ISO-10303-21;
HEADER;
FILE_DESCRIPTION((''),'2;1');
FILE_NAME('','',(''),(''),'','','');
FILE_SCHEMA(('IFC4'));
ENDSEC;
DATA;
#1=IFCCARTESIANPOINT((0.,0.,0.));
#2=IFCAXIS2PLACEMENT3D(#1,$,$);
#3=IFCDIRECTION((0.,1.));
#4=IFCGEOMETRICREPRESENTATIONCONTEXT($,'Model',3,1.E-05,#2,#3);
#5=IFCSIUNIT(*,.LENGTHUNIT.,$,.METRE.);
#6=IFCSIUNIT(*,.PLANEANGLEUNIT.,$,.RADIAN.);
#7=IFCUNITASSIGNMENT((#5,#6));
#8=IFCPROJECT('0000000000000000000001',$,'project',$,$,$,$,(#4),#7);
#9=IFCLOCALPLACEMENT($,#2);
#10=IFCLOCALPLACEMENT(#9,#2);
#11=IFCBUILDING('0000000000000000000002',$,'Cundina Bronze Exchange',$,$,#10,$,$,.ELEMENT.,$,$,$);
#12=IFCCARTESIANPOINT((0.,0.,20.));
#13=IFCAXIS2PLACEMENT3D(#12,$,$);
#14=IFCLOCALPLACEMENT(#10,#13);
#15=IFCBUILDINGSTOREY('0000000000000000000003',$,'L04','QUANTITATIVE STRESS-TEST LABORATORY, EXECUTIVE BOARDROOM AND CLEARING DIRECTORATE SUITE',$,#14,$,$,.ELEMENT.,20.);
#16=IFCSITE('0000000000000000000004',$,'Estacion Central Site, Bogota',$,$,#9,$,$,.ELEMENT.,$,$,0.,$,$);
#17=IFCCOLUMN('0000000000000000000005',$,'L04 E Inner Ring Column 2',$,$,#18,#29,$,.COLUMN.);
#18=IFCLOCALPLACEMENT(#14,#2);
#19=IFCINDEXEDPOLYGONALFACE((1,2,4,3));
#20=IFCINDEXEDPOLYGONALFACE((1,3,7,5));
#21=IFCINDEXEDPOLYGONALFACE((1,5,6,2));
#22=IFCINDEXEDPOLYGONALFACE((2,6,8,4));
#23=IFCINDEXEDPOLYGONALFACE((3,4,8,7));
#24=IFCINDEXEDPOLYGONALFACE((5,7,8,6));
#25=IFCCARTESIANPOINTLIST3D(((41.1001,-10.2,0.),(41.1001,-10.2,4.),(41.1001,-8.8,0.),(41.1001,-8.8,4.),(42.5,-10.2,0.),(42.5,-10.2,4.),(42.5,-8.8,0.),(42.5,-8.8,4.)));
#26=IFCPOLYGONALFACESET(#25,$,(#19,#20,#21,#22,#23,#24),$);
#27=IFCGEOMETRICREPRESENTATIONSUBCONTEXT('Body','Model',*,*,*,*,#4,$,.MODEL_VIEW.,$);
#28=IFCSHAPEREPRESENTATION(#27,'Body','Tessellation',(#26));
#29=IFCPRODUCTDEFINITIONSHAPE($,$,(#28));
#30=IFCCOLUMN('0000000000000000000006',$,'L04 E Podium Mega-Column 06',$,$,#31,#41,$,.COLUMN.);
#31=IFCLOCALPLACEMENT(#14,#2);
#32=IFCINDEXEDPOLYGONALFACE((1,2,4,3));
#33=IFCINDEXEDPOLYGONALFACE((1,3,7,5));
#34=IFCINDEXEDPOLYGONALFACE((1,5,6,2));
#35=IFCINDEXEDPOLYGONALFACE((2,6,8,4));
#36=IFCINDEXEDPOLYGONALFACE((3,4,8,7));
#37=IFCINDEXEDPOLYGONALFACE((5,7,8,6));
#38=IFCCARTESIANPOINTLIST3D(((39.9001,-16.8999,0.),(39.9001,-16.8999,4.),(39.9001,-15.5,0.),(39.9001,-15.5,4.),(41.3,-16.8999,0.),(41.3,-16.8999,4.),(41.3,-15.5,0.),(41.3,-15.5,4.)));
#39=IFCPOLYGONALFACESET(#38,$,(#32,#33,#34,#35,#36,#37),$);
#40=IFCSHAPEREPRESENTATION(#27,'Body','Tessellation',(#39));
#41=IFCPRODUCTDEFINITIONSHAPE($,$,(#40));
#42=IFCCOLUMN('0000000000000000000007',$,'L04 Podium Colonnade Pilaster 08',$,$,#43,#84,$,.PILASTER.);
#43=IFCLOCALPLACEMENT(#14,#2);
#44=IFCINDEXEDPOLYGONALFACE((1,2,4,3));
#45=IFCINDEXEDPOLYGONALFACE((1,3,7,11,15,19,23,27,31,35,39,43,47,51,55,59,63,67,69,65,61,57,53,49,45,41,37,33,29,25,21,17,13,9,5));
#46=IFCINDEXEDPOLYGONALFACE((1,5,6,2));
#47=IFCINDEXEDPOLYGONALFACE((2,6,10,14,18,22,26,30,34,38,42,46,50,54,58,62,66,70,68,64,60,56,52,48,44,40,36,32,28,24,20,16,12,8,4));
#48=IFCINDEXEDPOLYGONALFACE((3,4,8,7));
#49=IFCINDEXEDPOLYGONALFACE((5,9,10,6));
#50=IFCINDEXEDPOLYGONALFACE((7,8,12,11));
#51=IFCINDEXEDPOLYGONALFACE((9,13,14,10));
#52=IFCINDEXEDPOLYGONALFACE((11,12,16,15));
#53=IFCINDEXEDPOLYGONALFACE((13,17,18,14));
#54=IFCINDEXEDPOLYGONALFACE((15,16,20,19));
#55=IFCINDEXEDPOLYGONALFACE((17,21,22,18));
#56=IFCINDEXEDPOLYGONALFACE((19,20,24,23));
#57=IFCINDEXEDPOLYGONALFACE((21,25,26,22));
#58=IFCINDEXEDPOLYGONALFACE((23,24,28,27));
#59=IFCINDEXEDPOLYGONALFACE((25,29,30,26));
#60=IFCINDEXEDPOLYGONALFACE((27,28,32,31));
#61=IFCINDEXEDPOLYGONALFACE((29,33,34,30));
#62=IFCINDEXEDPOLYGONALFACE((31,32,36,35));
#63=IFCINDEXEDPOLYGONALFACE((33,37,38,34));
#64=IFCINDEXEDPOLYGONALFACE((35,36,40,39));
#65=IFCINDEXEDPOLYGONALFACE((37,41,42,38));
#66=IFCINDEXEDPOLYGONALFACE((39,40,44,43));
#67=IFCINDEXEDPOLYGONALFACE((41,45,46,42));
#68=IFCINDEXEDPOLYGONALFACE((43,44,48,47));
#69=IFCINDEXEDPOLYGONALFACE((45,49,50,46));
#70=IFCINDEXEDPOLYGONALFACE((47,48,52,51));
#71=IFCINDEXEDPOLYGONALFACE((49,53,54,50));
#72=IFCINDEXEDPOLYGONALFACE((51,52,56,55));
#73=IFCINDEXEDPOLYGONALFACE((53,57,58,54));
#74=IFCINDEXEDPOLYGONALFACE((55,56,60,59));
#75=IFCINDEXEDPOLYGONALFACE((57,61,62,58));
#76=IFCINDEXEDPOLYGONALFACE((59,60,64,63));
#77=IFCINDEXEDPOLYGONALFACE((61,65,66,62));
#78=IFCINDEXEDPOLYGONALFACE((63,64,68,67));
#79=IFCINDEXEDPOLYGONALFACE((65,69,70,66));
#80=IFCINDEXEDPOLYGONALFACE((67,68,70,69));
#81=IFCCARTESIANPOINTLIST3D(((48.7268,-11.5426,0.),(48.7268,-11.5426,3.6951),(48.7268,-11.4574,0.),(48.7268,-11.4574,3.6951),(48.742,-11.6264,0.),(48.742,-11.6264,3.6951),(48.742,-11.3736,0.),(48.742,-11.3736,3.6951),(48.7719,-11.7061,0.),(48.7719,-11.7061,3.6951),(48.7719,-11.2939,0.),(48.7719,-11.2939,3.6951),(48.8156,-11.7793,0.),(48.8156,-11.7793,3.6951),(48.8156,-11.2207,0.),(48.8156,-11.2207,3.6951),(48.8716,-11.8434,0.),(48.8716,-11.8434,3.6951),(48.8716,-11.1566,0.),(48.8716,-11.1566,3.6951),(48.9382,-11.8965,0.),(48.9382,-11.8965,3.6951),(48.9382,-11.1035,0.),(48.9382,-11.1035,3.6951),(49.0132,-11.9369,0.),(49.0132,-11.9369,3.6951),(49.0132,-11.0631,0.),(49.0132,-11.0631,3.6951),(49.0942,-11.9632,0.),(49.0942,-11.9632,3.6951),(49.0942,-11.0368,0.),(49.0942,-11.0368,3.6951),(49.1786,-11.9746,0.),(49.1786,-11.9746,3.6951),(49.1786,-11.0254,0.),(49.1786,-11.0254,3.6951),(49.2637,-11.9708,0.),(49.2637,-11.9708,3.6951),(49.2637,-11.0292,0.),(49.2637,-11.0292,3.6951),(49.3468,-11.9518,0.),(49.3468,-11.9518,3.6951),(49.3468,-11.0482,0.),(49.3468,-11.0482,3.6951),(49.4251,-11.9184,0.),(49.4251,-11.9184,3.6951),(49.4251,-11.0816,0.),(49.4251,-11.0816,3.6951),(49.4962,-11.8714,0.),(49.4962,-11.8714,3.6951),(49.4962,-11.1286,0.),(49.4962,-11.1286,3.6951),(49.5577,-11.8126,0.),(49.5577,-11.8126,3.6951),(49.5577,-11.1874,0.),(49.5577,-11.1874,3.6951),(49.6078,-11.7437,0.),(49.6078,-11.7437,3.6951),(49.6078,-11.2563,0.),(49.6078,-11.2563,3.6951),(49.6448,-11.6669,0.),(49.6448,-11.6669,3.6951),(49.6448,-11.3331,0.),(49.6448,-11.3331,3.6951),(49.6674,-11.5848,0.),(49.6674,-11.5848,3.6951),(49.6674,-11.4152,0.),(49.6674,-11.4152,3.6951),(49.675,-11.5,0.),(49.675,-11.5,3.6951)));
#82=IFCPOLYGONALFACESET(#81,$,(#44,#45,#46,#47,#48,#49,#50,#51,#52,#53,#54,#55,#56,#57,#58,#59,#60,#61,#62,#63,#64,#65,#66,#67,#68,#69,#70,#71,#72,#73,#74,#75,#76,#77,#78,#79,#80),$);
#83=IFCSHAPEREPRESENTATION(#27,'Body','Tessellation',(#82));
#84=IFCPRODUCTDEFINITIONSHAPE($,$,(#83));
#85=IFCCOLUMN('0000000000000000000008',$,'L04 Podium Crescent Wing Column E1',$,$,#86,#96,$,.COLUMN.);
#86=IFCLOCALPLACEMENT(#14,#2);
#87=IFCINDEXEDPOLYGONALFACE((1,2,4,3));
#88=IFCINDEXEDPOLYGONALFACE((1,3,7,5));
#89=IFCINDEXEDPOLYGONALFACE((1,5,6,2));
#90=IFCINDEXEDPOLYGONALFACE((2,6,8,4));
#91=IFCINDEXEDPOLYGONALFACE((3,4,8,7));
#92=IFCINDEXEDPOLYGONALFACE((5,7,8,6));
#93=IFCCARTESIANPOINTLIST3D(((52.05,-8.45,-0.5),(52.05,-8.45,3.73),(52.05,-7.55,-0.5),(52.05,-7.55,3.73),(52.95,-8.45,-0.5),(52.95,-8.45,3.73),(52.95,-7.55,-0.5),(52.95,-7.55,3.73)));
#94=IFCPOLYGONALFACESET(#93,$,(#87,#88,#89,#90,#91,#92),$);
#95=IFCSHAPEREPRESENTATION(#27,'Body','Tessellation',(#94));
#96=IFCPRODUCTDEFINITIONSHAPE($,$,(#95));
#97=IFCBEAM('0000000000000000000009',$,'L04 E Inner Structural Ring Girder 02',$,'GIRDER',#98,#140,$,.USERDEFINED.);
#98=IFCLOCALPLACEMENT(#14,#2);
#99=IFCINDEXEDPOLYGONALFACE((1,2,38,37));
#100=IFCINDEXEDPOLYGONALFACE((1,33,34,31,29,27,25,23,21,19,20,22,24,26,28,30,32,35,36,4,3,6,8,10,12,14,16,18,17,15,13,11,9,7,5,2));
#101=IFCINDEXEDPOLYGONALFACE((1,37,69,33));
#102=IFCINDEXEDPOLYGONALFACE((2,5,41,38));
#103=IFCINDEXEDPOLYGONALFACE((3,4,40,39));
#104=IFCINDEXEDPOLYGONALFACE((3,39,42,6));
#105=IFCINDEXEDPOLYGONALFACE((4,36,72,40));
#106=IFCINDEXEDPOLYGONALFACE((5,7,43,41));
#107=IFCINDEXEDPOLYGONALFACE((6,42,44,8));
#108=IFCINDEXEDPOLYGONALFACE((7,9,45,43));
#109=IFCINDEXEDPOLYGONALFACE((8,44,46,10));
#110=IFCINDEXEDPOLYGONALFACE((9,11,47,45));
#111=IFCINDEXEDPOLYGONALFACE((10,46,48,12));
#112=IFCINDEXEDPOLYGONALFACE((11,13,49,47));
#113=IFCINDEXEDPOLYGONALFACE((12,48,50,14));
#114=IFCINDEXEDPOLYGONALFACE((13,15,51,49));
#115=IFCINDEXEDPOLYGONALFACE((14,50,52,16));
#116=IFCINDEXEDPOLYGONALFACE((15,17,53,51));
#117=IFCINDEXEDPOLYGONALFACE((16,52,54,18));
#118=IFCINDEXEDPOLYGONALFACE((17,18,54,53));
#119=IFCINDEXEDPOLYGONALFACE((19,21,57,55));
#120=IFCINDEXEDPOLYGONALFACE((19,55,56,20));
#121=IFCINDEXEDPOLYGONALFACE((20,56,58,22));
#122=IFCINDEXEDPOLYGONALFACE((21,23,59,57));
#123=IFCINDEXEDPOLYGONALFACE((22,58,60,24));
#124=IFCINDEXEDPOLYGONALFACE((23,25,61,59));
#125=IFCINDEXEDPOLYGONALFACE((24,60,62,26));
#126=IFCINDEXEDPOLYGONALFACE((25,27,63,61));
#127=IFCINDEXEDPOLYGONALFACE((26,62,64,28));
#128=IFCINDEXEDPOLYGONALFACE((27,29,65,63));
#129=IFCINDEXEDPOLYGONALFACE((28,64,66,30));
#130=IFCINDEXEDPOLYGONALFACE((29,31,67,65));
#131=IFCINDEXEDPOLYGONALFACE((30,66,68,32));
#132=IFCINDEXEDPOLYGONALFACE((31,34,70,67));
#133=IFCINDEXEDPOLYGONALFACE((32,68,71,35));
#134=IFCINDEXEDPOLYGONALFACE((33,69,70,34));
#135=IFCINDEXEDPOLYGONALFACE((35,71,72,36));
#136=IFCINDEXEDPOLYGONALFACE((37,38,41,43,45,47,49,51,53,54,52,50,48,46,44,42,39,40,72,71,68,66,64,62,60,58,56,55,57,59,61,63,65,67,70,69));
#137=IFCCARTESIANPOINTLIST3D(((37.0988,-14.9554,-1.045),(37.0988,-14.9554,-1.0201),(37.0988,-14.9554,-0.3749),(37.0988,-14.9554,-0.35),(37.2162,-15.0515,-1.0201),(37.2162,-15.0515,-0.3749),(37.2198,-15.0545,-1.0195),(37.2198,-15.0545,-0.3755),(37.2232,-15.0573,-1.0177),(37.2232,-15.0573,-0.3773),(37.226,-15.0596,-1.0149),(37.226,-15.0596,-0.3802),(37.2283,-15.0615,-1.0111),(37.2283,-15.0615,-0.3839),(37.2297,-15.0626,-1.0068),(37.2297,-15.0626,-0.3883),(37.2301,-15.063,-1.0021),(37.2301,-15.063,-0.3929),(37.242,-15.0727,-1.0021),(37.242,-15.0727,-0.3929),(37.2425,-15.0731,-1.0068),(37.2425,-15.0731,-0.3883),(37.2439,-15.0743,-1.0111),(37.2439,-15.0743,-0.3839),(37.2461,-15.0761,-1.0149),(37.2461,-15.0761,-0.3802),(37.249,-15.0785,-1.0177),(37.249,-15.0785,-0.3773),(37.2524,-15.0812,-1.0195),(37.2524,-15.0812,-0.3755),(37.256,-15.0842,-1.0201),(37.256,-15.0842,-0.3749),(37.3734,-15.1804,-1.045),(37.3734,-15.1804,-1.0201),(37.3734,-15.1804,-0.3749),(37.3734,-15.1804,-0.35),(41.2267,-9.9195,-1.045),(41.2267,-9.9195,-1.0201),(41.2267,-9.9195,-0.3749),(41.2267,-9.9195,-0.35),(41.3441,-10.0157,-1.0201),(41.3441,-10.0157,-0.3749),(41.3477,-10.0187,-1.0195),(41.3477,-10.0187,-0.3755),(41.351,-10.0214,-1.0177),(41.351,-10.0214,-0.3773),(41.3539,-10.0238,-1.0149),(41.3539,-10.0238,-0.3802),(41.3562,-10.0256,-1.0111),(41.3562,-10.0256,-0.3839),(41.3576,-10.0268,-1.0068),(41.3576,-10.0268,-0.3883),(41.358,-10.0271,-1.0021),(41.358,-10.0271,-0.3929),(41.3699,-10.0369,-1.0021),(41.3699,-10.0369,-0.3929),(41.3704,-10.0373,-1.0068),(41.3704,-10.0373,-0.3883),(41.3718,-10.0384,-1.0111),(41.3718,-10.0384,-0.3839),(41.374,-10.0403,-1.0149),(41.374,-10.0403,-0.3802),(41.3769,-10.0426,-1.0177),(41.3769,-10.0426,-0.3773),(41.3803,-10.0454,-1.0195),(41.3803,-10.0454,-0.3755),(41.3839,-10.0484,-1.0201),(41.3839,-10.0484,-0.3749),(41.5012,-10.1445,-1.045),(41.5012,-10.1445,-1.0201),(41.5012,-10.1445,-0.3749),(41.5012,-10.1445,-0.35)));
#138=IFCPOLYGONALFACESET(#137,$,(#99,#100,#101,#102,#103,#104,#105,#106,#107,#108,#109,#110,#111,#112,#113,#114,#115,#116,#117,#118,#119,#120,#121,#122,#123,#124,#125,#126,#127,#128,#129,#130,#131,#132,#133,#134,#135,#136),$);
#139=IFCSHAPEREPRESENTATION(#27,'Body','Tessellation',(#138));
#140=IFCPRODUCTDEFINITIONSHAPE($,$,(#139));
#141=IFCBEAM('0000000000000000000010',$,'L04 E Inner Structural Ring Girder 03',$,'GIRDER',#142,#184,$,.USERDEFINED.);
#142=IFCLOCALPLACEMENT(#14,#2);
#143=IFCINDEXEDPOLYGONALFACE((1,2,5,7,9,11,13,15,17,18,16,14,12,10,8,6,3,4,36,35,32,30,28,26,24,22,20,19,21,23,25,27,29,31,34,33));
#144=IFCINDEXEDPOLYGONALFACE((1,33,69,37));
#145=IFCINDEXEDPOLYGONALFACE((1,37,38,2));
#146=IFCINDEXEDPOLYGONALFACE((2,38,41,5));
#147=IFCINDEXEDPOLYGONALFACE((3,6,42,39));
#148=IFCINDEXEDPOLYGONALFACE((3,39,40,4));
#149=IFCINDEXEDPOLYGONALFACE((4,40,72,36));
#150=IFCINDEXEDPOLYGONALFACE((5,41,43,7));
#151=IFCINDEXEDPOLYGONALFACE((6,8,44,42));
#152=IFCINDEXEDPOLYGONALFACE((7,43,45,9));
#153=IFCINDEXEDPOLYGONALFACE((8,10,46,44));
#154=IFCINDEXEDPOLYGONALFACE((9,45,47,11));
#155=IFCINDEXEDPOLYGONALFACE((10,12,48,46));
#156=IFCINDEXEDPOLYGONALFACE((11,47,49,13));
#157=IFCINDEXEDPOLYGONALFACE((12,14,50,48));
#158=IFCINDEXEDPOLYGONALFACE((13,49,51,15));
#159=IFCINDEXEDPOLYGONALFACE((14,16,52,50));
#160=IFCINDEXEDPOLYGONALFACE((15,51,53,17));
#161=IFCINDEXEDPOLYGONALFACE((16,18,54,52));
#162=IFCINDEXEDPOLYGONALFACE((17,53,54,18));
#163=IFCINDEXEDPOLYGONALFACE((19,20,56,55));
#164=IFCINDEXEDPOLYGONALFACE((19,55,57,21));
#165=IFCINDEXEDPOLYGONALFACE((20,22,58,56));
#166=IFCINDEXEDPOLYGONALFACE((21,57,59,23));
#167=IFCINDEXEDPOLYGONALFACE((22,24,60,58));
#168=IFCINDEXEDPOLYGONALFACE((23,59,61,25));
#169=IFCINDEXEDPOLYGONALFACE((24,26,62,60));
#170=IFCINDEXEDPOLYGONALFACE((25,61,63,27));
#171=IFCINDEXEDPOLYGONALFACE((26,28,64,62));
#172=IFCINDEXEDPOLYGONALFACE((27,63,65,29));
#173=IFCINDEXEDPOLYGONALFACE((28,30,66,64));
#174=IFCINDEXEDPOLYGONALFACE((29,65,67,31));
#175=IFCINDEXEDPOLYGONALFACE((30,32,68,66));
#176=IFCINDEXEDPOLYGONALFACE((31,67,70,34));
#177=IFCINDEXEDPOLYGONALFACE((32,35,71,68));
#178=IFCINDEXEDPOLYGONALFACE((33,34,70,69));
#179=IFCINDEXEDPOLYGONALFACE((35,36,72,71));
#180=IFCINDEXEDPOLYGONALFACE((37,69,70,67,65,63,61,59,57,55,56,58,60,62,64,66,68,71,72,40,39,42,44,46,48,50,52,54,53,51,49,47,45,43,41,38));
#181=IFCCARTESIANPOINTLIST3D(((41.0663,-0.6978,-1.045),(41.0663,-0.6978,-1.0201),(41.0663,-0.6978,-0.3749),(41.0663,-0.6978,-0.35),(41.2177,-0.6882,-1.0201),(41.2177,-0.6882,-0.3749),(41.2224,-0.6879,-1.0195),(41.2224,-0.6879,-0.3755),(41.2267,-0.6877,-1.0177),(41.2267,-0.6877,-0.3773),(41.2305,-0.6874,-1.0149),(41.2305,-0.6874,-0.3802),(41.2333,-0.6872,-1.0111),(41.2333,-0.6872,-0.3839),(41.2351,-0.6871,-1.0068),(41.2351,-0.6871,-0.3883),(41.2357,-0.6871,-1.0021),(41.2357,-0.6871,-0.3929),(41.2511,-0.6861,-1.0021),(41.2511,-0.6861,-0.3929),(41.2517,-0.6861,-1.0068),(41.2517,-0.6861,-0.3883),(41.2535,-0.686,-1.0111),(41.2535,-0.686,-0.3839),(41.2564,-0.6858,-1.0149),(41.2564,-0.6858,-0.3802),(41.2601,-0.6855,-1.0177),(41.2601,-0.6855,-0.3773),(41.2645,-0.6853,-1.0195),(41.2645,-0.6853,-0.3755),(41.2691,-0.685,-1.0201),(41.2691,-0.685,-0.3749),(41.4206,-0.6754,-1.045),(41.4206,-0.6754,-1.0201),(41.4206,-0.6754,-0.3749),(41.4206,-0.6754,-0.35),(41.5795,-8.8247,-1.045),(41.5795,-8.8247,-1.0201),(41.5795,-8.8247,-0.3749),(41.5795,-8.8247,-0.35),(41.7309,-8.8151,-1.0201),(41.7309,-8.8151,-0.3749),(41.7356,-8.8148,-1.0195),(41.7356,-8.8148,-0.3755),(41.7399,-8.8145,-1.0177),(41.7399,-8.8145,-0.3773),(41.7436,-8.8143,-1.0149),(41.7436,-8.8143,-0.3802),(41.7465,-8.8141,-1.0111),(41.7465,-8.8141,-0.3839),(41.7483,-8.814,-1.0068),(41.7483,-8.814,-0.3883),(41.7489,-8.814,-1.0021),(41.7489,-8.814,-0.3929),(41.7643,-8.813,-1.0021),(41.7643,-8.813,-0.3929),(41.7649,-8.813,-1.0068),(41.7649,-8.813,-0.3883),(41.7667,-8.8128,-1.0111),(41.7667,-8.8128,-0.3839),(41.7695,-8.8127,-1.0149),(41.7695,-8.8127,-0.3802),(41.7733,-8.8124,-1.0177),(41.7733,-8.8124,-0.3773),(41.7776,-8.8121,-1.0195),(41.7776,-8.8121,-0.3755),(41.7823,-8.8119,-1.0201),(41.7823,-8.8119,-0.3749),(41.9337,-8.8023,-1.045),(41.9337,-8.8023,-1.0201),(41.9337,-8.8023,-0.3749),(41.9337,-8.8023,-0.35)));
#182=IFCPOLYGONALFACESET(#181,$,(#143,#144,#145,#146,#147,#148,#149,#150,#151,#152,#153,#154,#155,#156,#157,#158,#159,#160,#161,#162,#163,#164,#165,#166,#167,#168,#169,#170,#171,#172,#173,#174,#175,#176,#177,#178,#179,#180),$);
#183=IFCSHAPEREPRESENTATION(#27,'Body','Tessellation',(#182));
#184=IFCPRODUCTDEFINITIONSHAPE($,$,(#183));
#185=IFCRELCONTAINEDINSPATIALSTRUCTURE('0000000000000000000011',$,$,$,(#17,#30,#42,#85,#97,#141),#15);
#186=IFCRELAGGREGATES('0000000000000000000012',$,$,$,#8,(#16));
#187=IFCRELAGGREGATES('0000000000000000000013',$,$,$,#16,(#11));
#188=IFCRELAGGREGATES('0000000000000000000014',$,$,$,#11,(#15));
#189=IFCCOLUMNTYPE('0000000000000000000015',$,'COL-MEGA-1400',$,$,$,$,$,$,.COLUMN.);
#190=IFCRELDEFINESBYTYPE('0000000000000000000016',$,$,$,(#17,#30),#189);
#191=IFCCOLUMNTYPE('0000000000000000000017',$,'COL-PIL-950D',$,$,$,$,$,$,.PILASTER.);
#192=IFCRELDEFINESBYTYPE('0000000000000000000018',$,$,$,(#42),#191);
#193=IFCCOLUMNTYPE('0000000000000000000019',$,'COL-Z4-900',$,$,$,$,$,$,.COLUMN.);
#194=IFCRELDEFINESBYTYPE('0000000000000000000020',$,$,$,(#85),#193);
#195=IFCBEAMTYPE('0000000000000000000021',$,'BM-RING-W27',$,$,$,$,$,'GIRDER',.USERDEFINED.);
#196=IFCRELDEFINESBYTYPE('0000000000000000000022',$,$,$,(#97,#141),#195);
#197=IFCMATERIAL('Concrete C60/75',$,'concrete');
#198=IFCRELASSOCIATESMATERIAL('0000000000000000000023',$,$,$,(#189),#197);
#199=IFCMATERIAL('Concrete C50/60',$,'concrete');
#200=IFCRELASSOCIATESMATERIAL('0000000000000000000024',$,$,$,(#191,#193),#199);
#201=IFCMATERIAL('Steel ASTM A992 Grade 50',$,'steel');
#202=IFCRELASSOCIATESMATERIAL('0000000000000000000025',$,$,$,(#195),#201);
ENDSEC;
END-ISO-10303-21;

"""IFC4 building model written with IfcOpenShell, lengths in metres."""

from ifc_helpers import new_model, si_unit, direction, frame, origin, origin_2d, place, context, subcontext, project, spatial, rectangle, circle, i_section, extrude, material, material_profile, profile_set, type_object, element, save


model = new_model("IFC4")

# Units and contexts
model_context = context("Model", 3, precision=1e-05, world=origin(), true_north=direction((0.0, 1.0)))
body_context = subcontext(model_context, "Body", "Model", "MODEL_VIEW")
ifc_project = project(units=[si_unit("LENGTHUNIT", "METRE"), si_unit("PLANEANGLEUNIT", "RADIAN")], contexts=[model_context])

# Site, building, storey
site_placement = place(None, origin())
site = spatial("IfcSite", under=ifc_project, at=site_placement, Name="Estacion Central Site, Bogota", CompositionType="ELEMENT", RefElevation=0.0)
building_placement = place(site_placement, origin())
building = spatial("IfcBuilding", under=site, at=building_placement, Name="Cundina Bronze Exchange", CompositionType="ELEMENT")
storey_placement = place(building_placement, frame((0.0, 0.0, 20.0)))
storey = spatial("IfcBuildingStorey", under=building, at=storey_placement, Name="L04", Description="QUANTITATIVE STRESS-TEST LABORATORY, EXECUTIVE BOARDROOM AND CLEARING DIRECTORATE SUITE", CompositionType="ELEMENT", Elevation=20.0)

# Columns
ifc_material_1 = material(Name="Concrete C60/75", Category="concrete")
ifc_material_profile_1 = material_profile(ifc_material_1, rectangle(XDim=1.3999, YDim=1.3999, at=origin_2d()), Name="RC1400X1400", Category="concrete")
ifc_profile_set_1 = profile_set([ifc_material_profile_1], Name="Concrete C60/75")
column_type_1 = type_object("IfcColumnType", Name="COL-MEGA-1400", PredefinedType="COLUMN", material=ifc_profile_set_1)
for number, where, z_axis, x_axis, name in (
    (1, (41.8, -9.5, 0.0), (0.0, 0.0, 1.0), (1.0, 0.0, 0.0), "L04 E Inner Ring Column 2"),
    (2, (40.6001, -16.2, 0.0), (0.0, 0.0, 1.0), (1.0, 0.0, 0.0), "L04 E Podium Mega-Column 06"),
):
    element("IfcColumn", number, at=place(storey_placement, frame(where, z_axis=z_axis, x_axis=x_axis)), inside=storey, type_object=column_type_1, Name=name, PredefinedType="COLUMN", context=body_context, shape_type="SweptSolid", body=[
        extrude(rectangle(XDim=1.3999, YDim=1.3999, at=origin_2d()), origin(), (0.0, 0.0, 1.0), 4.0),
    ])
ifc_material_2 = material(Name="Concrete C50/60", Category="concrete")
ifc_material_profile_2 = material_profile(ifc_material_2, circle(Radius=0.4751, at=origin_2d()), Name="RC950D", Category="concrete")
ifc_profile_set_2 = profile_set([ifc_material_profile_2], Name="Concrete C50/60")
column_type_2 = type_object("IfcColumnType", Name="COL-PIL-950D", PredefinedType="PILASTER", material=ifc_profile_set_2)
column_1_placement = place(storey_placement, frame((49.2, -11.5, 0.0), z_axis=(0.0, 0.0, 1.0), x_axis=(1.0, 0.0, 0.0)))
element("IfcColumn", 3, at=column_1_placement, inside=storey, type_object=column_type_2, Name="L04 Podium Colonnade Pilaster 08", PredefinedType="PILASTER", context=body_context, shape_type="SweptSolid", body=[
    extrude(circle(Radius=0.4751, at=origin_2d()), origin(), (0.0, 0.0, 1.0), 3.6951),
])
ifc_material_profile_3 = material_profile(ifc_material_2, rectangle(XDim=0.8999, YDim=0.8999, at=origin_2d()), Name="RC900X900", Category="concrete")
ifc_profile_set_3 = profile_set([ifc_material_profile_3], Name="Concrete C50/60")
column_type_3 = type_object("IfcColumnType", Name="COL-Z4-900", PredefinedType="COLUMN", material=ifc_profile_set_3)
column_2_placement = place(storey_placement, frame((52.5, -8.0, -0.5), z_axis=(0.0, 0.0, 1.0), x_axis=(1.0, 0.0, 0.0)))
element("IfcColumn", 4, at=column_2_placement, inside=storey, type_object=column_type_3, Name="L04 Podium Crescent Wing Column E1", PredefinedType="COLUMN", context=body_context, shape_type="SweptSolid", body=[
    extrude(rectangle(XDim=0.8999, YDim=0.8999, at=origin_2d()), origin(), (0.0, 0.0, 1.0), 4.23),
])

# Beams
ifc_material_3 = material(Name="Steel ASTM A992 Grade 50", Category="steel")
ifc_material_profile_4 = material_profile(ifc_material_3, i_section(OverallWidth=0.355, OverallDepth=0.6951, WebThickness=0.0154, FlangeThickness=0.0249, FilletRadius=0.0181, at=origin_2d()), Name="W27X146", Category="steel")
ifc_profile_set_4 = profile_set([ifc_material_profile_4], Name="Steel ASTM A992 Grade 50")
beam_type_1 = type_object("IfcBeamType", Name="BM-RING-W27", ElementType="GIRDER", PredefinedType="USERDEFINED", material=ifc_profile_set_4)
beam_1_placement = place(storey_placement, frame((37.2361, -15.0679, -0.6975), z_axis=(0.633942, 0.773381, 0.0), x_axis=(-0.773381, 0.633942, 0.0)))
element("IfcBeam", 5, at=beam_1_placement, inside=storey, type_object=beam_type_1, Name="L04 E Inner Structural Ring Girder 02", ObjectType="GIRDER", PredefinedType="USERDEFINED", context=body_context, shape_type="SweptSolid", body=[
    extrude(i_section(OverallWidth=0.355, OverallDepth=0.6951, WebThickness=0.0154, FlangeThickness=0.0249, FilletRadius=0.0181, at=origin_2d()), origin(), (0.0, 0.0, 1.0), 6.5115),
])
beam_2_placement = place(storey_placement, frame((41.7566, -8.8135, -0.6975), z_axis=(-0.06302, 0.998012, 0.0), x_axis=(-0.998012, -0.06302, 0.0)))
element("IfcBeam", 6, at=beam_2_placement, inside=storey, type_object=beam_type_1, Name="L04 E Inner Structural Ring Girder 03", ObjectType="GIRDER", PredefinedType="USERDEFINED", context=body_context, shape_type="SweptSolid", body=[
    extrude(i_section(OverallWidth=0.355, OverallDepth=0.6951, WebThickness=0.0154, FlangeThickness=0.0249, FilletRadius=0.0181, at=origin_2d()), origin(), (0.0, 0.0, 1.0), 8.1431),
])

save(model, "model.ifc")
